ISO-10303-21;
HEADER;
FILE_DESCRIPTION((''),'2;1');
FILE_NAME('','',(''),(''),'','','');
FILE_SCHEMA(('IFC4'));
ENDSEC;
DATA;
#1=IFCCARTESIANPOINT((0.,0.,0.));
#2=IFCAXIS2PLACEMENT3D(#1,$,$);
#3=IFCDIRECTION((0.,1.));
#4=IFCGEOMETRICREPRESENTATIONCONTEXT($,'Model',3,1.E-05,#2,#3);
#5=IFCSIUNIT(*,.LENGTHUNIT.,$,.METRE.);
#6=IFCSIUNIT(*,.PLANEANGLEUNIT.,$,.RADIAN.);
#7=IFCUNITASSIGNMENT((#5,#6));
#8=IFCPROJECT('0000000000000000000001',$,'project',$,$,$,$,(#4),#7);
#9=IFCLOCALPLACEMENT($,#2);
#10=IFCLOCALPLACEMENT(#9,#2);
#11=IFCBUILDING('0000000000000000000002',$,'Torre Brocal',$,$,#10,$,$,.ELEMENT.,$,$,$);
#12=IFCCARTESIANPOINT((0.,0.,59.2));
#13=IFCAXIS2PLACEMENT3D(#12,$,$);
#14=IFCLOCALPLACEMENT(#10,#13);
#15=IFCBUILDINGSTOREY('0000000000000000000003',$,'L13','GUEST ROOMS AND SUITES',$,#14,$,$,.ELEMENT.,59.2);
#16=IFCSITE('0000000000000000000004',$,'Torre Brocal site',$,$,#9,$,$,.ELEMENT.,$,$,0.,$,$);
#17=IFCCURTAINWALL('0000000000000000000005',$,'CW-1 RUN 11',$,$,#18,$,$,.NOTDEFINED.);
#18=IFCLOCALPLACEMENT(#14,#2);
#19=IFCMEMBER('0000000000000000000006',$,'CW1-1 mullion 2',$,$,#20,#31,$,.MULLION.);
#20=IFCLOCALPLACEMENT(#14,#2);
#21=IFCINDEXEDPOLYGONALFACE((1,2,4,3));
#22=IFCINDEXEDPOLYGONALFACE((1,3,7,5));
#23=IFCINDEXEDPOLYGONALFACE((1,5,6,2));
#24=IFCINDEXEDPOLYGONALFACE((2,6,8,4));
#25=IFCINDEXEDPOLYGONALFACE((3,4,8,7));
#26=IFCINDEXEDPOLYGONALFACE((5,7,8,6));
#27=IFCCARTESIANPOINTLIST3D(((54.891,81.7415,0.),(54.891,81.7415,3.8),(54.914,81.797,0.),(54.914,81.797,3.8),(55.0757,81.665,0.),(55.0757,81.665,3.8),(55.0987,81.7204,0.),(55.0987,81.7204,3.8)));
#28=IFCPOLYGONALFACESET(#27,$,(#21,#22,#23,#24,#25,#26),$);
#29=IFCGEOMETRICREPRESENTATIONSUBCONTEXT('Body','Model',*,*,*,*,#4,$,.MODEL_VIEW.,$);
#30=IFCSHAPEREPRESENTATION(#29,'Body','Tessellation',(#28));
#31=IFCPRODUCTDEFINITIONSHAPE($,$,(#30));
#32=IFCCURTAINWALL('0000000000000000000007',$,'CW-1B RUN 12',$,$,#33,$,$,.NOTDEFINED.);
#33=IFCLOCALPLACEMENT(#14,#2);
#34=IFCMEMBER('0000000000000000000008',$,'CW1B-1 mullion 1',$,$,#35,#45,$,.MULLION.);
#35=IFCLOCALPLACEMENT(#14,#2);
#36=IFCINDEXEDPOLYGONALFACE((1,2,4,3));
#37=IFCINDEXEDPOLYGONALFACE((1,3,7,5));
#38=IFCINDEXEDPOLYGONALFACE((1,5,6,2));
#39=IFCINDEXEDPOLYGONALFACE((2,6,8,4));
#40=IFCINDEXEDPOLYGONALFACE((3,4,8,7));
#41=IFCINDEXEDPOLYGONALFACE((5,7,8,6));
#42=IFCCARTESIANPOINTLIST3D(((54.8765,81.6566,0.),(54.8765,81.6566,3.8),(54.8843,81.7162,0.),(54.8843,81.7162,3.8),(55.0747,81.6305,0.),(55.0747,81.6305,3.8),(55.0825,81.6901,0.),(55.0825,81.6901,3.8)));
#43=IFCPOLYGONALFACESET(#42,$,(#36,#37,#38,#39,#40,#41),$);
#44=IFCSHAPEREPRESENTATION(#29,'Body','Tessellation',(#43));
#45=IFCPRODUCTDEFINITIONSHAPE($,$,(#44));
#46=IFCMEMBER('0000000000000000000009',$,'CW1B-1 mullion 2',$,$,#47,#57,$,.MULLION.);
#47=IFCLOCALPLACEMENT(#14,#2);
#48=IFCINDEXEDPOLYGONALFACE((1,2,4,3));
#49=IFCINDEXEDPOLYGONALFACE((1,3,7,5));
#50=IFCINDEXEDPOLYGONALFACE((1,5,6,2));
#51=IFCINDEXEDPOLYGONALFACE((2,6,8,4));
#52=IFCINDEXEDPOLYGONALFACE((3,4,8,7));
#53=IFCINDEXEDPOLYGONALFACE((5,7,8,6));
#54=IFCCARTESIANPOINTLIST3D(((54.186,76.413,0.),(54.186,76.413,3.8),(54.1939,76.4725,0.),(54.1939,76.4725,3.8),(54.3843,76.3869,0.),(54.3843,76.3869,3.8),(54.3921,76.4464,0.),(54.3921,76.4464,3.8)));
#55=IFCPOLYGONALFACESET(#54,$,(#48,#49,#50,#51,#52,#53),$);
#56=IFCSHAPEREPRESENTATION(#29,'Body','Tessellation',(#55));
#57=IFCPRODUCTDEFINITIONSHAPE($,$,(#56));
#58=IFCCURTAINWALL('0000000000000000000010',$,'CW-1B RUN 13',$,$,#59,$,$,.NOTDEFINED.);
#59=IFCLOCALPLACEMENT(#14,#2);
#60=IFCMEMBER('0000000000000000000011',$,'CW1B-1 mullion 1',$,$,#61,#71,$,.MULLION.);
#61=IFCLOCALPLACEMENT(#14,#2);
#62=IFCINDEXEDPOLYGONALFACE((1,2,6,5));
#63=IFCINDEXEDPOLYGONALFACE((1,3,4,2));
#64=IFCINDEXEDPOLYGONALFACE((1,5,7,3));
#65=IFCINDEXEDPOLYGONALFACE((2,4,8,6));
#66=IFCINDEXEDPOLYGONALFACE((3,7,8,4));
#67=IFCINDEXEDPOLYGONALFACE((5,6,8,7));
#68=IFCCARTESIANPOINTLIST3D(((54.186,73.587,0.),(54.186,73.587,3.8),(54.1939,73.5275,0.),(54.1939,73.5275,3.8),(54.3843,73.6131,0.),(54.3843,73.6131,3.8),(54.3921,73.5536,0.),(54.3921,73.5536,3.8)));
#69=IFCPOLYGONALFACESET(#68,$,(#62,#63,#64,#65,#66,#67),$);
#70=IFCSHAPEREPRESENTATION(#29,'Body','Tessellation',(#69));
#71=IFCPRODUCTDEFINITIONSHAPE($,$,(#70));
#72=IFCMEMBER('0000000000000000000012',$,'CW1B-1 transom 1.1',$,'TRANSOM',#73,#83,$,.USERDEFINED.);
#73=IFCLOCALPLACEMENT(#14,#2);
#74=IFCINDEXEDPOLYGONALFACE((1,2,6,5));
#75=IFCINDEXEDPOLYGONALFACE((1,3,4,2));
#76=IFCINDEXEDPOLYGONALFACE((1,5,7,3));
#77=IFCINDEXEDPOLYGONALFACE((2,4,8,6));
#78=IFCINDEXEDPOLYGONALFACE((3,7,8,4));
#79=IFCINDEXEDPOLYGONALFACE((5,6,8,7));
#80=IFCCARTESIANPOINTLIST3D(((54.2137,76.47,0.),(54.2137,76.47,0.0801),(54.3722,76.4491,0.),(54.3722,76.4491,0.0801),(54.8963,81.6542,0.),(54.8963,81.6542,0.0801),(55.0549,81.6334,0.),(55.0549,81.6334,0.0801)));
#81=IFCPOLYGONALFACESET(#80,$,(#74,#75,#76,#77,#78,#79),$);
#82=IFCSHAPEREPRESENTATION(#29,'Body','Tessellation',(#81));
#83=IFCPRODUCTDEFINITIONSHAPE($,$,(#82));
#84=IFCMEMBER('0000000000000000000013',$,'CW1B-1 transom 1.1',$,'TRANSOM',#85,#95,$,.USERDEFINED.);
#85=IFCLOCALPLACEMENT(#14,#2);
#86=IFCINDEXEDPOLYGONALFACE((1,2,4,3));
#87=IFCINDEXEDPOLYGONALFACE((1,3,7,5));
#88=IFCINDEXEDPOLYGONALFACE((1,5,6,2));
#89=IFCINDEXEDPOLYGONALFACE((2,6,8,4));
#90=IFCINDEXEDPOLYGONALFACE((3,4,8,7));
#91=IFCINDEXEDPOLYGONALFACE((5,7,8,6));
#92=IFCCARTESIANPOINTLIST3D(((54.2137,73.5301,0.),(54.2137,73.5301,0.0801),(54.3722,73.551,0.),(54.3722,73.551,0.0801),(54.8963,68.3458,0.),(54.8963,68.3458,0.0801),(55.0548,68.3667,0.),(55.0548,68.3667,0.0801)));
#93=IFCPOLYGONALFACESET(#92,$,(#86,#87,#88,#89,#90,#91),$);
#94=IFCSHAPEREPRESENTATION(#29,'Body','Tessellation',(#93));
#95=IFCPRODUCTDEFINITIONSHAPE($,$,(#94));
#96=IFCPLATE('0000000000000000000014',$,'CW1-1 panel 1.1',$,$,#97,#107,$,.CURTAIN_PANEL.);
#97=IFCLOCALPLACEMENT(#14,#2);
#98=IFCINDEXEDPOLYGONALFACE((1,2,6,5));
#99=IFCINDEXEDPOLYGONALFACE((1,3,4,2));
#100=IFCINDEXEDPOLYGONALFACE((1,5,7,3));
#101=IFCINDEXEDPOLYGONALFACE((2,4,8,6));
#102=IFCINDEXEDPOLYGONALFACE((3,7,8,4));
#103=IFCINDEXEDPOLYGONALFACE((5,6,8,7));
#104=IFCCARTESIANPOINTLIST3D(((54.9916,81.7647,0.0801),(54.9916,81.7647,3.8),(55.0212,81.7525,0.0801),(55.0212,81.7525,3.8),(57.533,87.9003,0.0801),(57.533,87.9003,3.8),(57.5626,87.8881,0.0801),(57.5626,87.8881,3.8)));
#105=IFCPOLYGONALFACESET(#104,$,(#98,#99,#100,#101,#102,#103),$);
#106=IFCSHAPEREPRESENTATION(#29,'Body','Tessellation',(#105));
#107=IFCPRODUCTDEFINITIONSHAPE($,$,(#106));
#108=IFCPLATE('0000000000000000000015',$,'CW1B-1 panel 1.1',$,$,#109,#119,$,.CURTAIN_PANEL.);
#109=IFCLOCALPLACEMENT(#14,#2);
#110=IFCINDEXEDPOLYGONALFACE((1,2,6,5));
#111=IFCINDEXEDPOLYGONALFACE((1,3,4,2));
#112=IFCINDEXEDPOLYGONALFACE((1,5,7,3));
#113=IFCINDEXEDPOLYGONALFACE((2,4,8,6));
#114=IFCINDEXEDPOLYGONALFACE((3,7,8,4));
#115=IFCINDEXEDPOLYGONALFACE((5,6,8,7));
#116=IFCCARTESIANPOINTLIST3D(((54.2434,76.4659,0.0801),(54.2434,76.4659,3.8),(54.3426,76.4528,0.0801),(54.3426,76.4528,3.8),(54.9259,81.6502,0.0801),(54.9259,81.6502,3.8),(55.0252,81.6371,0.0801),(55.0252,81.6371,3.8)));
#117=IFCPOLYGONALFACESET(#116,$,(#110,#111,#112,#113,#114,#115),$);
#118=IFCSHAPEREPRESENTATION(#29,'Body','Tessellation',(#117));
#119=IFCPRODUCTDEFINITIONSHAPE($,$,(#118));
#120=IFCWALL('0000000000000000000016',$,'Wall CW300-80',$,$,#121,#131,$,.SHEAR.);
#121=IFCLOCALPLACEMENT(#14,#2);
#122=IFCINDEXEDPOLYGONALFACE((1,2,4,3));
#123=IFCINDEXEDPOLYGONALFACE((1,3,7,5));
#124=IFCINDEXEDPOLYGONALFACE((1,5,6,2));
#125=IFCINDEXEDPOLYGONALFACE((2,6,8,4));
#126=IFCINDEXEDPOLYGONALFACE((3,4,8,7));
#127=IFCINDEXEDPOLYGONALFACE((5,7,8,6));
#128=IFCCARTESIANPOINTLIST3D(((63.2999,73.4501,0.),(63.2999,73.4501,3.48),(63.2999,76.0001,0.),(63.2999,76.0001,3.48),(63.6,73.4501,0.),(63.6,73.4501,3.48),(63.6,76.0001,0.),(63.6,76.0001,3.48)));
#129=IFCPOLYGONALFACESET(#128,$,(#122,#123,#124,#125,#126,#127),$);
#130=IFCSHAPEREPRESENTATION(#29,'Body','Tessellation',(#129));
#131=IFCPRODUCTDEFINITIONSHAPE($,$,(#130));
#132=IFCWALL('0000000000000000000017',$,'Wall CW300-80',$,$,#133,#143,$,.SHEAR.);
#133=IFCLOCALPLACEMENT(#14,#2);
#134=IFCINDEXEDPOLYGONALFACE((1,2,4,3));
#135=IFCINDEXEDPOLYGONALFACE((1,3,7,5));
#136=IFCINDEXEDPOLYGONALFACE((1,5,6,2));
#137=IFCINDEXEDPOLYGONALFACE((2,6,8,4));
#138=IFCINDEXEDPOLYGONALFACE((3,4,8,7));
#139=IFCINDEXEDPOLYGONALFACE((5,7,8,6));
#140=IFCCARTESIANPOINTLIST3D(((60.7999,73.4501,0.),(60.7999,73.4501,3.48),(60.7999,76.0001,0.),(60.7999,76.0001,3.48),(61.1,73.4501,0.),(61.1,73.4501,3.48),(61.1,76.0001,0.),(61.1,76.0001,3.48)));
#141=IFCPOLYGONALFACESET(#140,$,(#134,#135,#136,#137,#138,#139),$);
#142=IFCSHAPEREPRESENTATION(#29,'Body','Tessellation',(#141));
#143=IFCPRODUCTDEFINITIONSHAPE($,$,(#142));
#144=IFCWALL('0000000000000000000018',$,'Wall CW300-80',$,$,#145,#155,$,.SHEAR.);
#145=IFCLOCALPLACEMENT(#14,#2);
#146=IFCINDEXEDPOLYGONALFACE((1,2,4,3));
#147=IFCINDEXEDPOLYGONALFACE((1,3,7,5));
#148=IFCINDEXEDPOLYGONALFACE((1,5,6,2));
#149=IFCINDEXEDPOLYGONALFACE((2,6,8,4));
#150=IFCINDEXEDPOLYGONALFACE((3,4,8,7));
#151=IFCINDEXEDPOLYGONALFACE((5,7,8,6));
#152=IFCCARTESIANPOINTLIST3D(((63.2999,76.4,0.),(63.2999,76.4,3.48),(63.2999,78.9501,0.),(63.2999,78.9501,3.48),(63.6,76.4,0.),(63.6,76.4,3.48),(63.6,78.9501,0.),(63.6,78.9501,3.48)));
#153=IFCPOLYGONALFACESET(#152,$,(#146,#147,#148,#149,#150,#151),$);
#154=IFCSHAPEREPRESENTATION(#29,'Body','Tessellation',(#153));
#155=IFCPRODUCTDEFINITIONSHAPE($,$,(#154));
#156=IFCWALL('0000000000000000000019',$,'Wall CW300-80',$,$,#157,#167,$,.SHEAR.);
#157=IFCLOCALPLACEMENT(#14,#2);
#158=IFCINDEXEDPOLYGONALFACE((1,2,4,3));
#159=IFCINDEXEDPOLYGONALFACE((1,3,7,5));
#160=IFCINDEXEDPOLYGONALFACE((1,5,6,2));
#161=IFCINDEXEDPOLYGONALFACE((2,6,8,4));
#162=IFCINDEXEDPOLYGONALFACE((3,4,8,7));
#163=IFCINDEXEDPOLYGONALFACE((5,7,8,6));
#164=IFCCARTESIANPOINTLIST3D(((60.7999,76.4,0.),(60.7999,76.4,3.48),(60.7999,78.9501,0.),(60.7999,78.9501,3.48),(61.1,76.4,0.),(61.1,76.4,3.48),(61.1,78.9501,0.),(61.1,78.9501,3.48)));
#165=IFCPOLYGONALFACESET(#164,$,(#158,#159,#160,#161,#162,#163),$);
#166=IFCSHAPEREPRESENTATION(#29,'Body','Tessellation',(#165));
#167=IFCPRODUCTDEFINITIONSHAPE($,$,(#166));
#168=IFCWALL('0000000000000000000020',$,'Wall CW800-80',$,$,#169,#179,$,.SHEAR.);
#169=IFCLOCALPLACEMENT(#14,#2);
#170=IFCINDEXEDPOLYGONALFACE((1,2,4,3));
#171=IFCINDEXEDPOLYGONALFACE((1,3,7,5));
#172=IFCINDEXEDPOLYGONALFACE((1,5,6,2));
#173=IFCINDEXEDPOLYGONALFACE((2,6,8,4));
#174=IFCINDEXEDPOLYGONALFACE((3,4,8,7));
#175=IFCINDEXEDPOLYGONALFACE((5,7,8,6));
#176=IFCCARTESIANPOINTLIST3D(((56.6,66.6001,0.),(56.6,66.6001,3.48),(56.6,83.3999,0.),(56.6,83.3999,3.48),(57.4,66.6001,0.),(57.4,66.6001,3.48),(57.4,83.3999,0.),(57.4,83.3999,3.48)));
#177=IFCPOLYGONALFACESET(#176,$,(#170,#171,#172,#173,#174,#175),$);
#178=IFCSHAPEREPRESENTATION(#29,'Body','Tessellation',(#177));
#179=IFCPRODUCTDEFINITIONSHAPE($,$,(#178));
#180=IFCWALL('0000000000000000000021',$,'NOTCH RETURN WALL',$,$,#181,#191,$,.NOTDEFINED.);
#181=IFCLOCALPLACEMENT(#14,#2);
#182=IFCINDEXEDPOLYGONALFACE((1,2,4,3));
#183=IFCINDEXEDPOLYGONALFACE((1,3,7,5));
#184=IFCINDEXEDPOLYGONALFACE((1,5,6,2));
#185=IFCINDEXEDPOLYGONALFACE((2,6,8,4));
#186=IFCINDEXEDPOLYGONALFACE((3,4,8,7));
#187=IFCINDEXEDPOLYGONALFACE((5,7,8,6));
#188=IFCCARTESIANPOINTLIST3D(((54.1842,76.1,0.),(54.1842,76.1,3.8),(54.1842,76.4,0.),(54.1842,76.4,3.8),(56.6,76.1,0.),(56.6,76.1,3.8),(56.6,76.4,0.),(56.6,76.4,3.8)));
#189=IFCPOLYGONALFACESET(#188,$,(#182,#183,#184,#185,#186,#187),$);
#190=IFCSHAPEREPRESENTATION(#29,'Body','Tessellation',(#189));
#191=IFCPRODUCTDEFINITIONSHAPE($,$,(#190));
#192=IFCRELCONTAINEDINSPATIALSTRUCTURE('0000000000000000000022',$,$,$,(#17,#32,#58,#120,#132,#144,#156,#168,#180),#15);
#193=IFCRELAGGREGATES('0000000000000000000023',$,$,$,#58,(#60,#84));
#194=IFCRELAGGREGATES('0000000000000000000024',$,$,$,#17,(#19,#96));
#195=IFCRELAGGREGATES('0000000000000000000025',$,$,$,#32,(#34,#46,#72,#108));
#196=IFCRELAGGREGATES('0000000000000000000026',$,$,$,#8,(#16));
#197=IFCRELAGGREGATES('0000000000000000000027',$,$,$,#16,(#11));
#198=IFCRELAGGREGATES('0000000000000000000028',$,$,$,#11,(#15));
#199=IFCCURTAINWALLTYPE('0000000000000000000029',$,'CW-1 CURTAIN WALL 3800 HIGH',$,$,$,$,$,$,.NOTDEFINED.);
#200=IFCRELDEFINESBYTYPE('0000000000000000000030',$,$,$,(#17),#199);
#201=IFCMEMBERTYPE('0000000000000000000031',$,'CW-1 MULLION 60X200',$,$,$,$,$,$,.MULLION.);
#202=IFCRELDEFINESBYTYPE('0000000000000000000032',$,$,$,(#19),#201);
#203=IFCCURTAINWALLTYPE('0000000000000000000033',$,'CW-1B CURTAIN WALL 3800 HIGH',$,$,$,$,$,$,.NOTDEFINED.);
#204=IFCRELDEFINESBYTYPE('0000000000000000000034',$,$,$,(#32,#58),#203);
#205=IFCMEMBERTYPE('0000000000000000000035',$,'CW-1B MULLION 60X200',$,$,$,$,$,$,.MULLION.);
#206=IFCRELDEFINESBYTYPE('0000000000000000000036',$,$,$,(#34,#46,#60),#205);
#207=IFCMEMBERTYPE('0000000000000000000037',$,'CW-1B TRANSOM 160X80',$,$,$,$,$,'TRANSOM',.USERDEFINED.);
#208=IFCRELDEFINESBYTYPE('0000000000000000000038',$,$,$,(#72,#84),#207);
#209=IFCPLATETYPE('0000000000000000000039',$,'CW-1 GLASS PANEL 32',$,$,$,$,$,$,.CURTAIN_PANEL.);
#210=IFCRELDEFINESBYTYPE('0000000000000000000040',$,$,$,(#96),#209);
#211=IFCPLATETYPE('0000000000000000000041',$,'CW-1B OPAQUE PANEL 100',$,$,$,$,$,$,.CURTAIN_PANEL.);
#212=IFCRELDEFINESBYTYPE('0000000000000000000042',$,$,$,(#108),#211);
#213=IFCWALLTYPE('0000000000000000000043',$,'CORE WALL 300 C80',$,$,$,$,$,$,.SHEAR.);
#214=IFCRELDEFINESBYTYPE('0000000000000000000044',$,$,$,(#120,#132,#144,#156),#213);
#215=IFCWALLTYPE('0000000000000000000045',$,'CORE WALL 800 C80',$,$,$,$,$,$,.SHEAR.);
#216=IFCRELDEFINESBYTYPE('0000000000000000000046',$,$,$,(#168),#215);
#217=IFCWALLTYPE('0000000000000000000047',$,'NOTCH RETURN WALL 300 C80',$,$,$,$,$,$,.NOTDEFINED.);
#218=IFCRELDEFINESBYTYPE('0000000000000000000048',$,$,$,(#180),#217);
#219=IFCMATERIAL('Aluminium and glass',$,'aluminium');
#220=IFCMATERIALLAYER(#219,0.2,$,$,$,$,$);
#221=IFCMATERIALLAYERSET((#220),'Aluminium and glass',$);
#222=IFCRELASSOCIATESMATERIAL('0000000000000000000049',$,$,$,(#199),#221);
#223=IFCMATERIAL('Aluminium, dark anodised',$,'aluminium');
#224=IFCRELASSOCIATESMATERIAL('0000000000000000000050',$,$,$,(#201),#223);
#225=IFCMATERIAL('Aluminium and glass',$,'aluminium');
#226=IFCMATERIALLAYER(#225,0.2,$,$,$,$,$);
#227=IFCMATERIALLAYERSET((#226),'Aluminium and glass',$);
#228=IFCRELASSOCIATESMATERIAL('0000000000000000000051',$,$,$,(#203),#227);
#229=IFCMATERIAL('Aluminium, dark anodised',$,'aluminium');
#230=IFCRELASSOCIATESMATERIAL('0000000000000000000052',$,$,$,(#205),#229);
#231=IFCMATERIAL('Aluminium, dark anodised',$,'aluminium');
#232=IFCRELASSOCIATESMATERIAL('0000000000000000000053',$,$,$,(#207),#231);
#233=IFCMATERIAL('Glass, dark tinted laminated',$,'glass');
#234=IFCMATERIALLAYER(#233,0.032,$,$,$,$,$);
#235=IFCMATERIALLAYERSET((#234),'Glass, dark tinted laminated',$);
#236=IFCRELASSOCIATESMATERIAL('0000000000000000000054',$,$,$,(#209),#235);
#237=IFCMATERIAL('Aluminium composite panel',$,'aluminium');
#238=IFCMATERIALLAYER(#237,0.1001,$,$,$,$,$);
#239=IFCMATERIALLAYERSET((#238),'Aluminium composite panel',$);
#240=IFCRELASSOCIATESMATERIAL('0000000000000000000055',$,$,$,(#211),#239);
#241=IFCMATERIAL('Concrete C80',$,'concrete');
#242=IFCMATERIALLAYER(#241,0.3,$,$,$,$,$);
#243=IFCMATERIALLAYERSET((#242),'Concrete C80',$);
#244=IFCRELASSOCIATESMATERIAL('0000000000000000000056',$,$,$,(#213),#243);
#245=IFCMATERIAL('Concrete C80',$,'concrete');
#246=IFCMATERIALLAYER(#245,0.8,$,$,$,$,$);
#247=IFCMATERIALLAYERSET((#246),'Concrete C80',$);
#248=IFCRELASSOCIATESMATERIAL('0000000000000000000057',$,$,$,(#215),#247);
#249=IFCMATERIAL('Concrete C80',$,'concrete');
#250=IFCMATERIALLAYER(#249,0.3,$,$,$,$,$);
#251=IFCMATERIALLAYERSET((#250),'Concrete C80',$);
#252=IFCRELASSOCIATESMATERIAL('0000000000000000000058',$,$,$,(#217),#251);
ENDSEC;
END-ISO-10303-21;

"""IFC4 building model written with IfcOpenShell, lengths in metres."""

from ifc_helpers import new_model, si_unit, direction, frame, frame_2d, origin, origin_2d, place, context, subcontext, project, spatial, rectangle, extrude, material, layer, layer_set, material_profile, profile_set, type_object, element, aggregate, save


model = new_model("IFC4")

# Units and contexts
model_context = context("Model", 3, precision=1e-05, world=origin(), true_north=direction((0.0, 1.0)))
body_context = subcontext(model_context, "Body", "Model", "MODEL_VIEW")
ifc_project = project(units=[si_unit("LENGTHUNIT", "METRE"), si_unit("PLANEANGLEUNIT", "RADIAN")], contexts=[model_context])

# Site, building, storey
site_placement = place(None, origin())
site = spatial("IfcSite", under=ifc_project, at=site_placement, Name="Torre Brocal site", CompositionType="ELEMENT", RefElevation=0.0)
building_placement = place(site_placement, origin())
building = spatial("IfcBuilding", under=site, at=building_placement, Name="Torre Brocal", CompositionType="ELEMENT")
storey_placement = place(building_placement, frame((0.0, 0.0, 59.2)))
storey = spatial("IfcBuildingStorey", under=building, at=storey_placement, Name="L13", Description="GUEST ROOMS AND SUITES", CompositionType="ELEMENT", Elevation=59.2)

# Curtain wall, member
ifc_material_1 = material(Name="Aluminium and glass", Category="aluminium")
ifc_layer_1 = layer(ifc_material_1, 0.2)
ifc_layer_set_1 = layer_set([ifc_layer_1], Name="Aluminium and glass")
curtain_wall_type_1 = type_object("IfcCurtainWallType", Name="CW-1 CURTAIN WALL 3800 HIGH", PredefinedType="NOTDEFINED", material=ifc_layer_set_1)
curtain_wall_1_placement = place(storey_placement, origin())
curtain_wall_1 = element("IfcCurtainWall", 1, at=curtain_wall_1_placement, inside=storey, type_object=curtain_wall_type_1, Name="CW-1 RUN 11", PredefinedType="NOTDEFINED")
ifc_material_2 = material(Name="Aluminium, dark anodised", Category="aluminium")
ifc_material_profile_1 = material_profile(ifc_material_2, rectangle(XDim=0.2, YDim=0.0601, at=origin_2d()), Name="CW-1 MULLION 60X200")
ifc_profile_set_1 = profile_set([ifc_material_profile_1], Name="Aluminium, dark anodised")
member_type_1 = type_object("IfcMemberType", Name="CW-1 MULLION 60X200", PredefinedType="MULLION", material=ifc_profile_set_1)
member_1_placement = place(storey_placement, frame((54.9949, 81.731, 0.0), z_axis=(0.0, 0.0, 1.0), x_axis=(0.92388, -0.382683, 0.0)))
member_1 = element("IfcMember", 2, at=member_1_placement, type_object=member_type_1, Name="CW1-1 mullion 2", PredefinedType="MULLION", context=body_context, shape_type="SweptSolid", body=[
    extrude(rectangle(XDim=0.2, YDim=0.0601, at=origin_2d()), origin(), (0.0, 0.0, 1.0), 3.8),
])

# Curtain wall, members
ifc_material_3 = material(Name="Aluminium and glass", Category="aluminium")
ifc_layer_2 = layer(ifc_material_3, 0.2)
ifc_layer_set_2 = layer_set([ifc_layer_2], Name="Aluminium and glass")
curtain_wall_type_2 = type_object("IfcCurtainWallType", Name="CW-1B CURTAIN WALL 3800 HIGH", PredefinedType="NOTDEFINED", material=ifc_layer_set_2)
curtain_wall_2_placement = place(storey_placement, origin())
curtain_wall_2 = element("IfcCurtainWall", 3, at=curtain_wall_2_placement, inside=storey, type_object=curtain_wall_type_2, Name="CW-1B RUN 12", PredefinedType="NOTDEFINED")
ifc_material_4 = material(Name="Aluminium, dark anodised", Category="aluminium")
ifc_material_profile_2 = material_profile(ifc_material_4, rectangle(XDim=0.2, YDim=0.0601, at=origin_2d()), Name="CW-1B MULLION 60X200")
ifc_profile_set_2 = profile_set([ifc_material_profile_2], Name="Aluminium, dark anodised")
member_type_2 = type_object("IfcMemberType", Name="CW-1B MULLION 60X200", PredefinedType="MULLION", material=ifc_profile_set_2)
member_2_placement = place(storey_placement, frame((54.9795, 81.6733, 0.0), z_axis=(0.0, 0.0, 1.0), x_axis=(0.991445, -0.130526, 0.0)))
member_2 = element("IfcMember", 4, at=member_2_placement, type_object=member_type_2, Name="CW1B-1 mullion 1", PredefinedType="MULLION", context=body_context, shape_type="SweptSolid", body=[
    extrude(rectangle(XDim=0.2, YDim=0.0601, at=origin_2d()), origin(), (0.0, 0.0, 1.0), 3.8),
])
member_3_placement = place(storey_placement, frame((54.2891, 76.4297, 0.0), z_axis=(0.0, 0.0, 1.0), x_axis=(0.991445, -0.130526, 0.0)))
member_3 = element("IfcMember", 5, at=member_3_placement, type_object=member_type_2, Name="CW1B-1 mullion 2", PredefinedType="MULLION", context=body_context, shape_type="SweptSolid", body=[
    extrude(rectangle(XDim=0.2, YDim=0.0601, at=origin_2d()), origin(), (0.0, 0.0, 1.0), 3.8),
])

# Curtain wall, member
curtain_wall_3_placement = place(storey_placement, origin())
curtain_wall_3 = element("IfcCurtainWall", 6, at=curtain_wall_3_placement, inside=storey, type_object=curtain_wall_type_2, Name="CW-1B RUN 13", PredefinedType="NOTDEFINED")
member_4_placement = place(storey_placement, frame((54.2891, 73.5703, 0.0), z_axis=(0.0, 0.0, 1.0), x_axis=(0.991445, 0.130526, 0.0)))
member_4 = element("IfcMember", 7, at=member_4_placement, type_object=member_type_2, Name="CW1B-1 mullion 1", PredefinedType="MULLION", context=body_context, shape_type="SweptSolid", body=[
    extrude(rectangle(XDim=0.2, YDim=0.0601, at=origin_2d()), origin(), (0.0, 0.0, 1.0), 3.8),
])

# Members
ifc_material_5 = material(Name="Aluminium, dark anodised", Category="aluminium")
ifc_material_profile_3 = material_profile(ifc_material_5, rectangle(XDim=0.1599, YDim=0.0801, at=origin_2d()), Name="CW-1B TRANSOM 160X80")
ifc_profile_set_3 = profile_set([ifc_material_profile_3], Name="Aluminium, dark anodised")
member_type_3 = type_object("IfcMemberType", Name="CW-1B TRANSOM 160X80", ElementType="TRANSOM", PredefinedType="USERDEFINED", material=ifc_profile_set_3)
member_5_placement = place(storey_placement, frame((54.9756, 81.6438, 0.04), z_axis=(-0.130543, -0.991443, 0.0), x_axis=(0.991443, -0.130543, 0.0)))
member_5 = element("IfcMember", 8, at=member_5_placement, type_object=member_type_3, Name="CW1B-1 transom 1.1", ObjectType="TRANSOM", PredefinedType="USERDEFINED", context=body_context, shape_type="SweptSolid", body=[
    extrude(rectangle(XDim=0.1599, YDim=0.0801, at=origin_2d()), origin(), (0.0, 0.0, 1.0), 5.229),
])
member_6_placement = place(storey_placement, frame((54.293, 73.5405, 0.04), z_axis=(0.130543, -0.991443, 0.0), x_axis=(0.991443, 0.130543, 0.0)))
member_6 = element("IfcMember", 9, at=member_6_placement, type_object=member_type_3, Name="CW1B-1 transom 1.1", ObjectType="TRANSOM", PredefinedType="USERDEFINED", context=body_context, shape_type="SweptSolid", body=[
    extrude(rectangle(XDim=0.1599, YDim=0.0801, at=origin_2d()), origin(), (0.0, 0.0, 1.0), 5.229),
])
aggregate(curtain_wall_3, [member_4, member_6])

# Plates
ifc_material_6 = material(Name="Glass, dark tinted laminated", Category="glass")
ifc_layer_3 = layer(ifc_material_6, 0.032)
ifc_layer_set_3 = layer_set([ifc_layer_3], Name="Glass, dark tinted laminated")
plate_type_1 = type_object("IfcPlateType", Name="CW-1 GLASS PANEL 32", PredefinedType="CURTAIN_PANEL", material=ifc_layer_set_3)
plate_1_placement = place(storey_placement, frame((56.2771, 84.8264, 0.0801), z_axis=(0.0, 0.0, 1.0), x_axis=(-0.382683, -0.92388, 0.0)))
plate_1 = element("IfcPlate", 10, at=plate_1_placement, type_object=plate_type_1, Name="CW1-1 panel 1.1", PredefinedType="CURTAIN_PANEL", context=body_context, shape_type="SweptSolid", body=[
    extrude(rectangle(XDim=6.6411, YDim=0.032, at=origin_2d()), origin(), (0.0, 0.0, 1.0), 3.72),
])
aggregate(curtain_wall_1, [member_1, plate_1])
ifc_material_7 = material(Name="Aluminium composite panel", Category="aluminium")
ifc_layer_4 = layer(ifc_material_7, 0.1001)
ifc_layer_set_4 = layer_set([ifc_layer_4], Name="Aluminium composite panel")
plate_type_2 = type_object("IfcPlateType", Name="CW-1B OPAQUE PANEL 100", PredefinedType="CURTAIN_PANEL", material=ifc_layer_set_4)
plate_2_placement = place(storey_placement, frame((54.6343, 79.0515, 0.0801), z_axis=(0.0, 0.0, 1.0), x_axis=(-0.130526, -0.991445, 0.0)))
plate_2 = element("IfcPlate", 11, at=plate_2_placement, type_object=plate_type_2, Name="CW1B-1 panel 1.1", PredefinedType="CURTAIN_PANEL", context=body_context, shape_type="SweptSolid", body=[
    extrude(rectangle(XDim=5.229, YDim=0.1001, at=origin_2d()), origin(), (0.0, 0.0, 1.0), 3.72),
])
aggregate(curtain_wall_2, [member_2, member_3, member_5, plate_2])

# Walls
ifc_material_8 = material(Name="Concrete C80", Category="concrete")
ifc_layer_5 = layer(ifc_material_8, 0.3)
ifc_layer_set_5 = layer_set([ifc_layer_5], Name="Concrete C80")
wall_type_1 = type_object("IfcWallType", Name="CORE WALL 300 C80", PredefinedType="SHEAR", material=ifc_layer_set_5)
for number, where, z_axis, x_axis, name in (
    (12, (63.45, 76.0, 0.0), (0.0, 0.0, 1.0), (0.0, -1.0, 0.0), "Wall CW300-80"),
    (13, (60.95, 76.0, 0.0), (0.0, 0.0, 1.0), (0.0, -1.0, 0.0), "Wall CW300-80"),
    (14, (63.45, 78.95, 0.0), (0.0, 0.0, 1.0), (0.0, -1.0, 0.0), "Wall CW300-80"),
    (15, (60.95, 78.95, 0.0), (0.0, 0.0, 1.0), (0.0, -1.0, 0.0), "Wall CW300-80"),
):
    element("IfcWall", number, at=place(storey_placement, frame(where, z_axis=z_axis, x_axis=x_axis)), inside=storey, type_object=wall_type_1, Name=name, PredefinedType="SHEAR", context=body_context, shape_type="SweptSolid", body=[
        extrude(rectangle(XDim=2.55, YDim=0.3, at=frame_2d((1.2749, 0.0))), origin(), (0.0, 0.0, 1.0), 3.48),
    ])
ifc_material_9 = material(Name="Concrete C80", Category="concrete")
ifc_layer_6 = layer(ifc_material_9, 0.8)
ifc_layer_set_6 = layer_set([ifc_layer_6], Name="Concrete C80")
wall_type_2 = type_object("IfcWallType", Name="CORE WALL 800 C80", PredefinedType="SHEAR", material=ifc_layer_set_6)
wall_1_placement = place(storey_placement, frame((57.0, 83.3999, 0.0), z_axis=(0.0, 0.0, 1.0), x_axis=(0.0, -1.0, 0.0)))
element("IfcWall", 16, at=wall_1_placement, inside=storey, type_object=wall_type_2, Name="Wall CW800-80", PredefinedType="SHEAR", context=body_context, shape_type="SweptSolid", body=[
    extrude(rectangle(XDim=16.7998, YDim=0.8, at=frame_2d((8.3999, 0.0))), origin(), (0.0, 0.0, 1.0), 3.48),
])
ifc_material_10 = material(Name="Concrete C80", Category="concrete")
ifc_layer_7 = layer(ifc_material_10, 0.3)
ifc_layer_set_7 = layer_set([ifc_layer_7], Name="Concrete C80")
wall_type_3 = type_object("IfcWallType", Name="NOTCH RETURN WALL 300 C80", PredefinedType="NOTDEFINED", material=ifc_layer_set_7)
for number, where, z_axis, x_axis, name in (
    (17, (56.6001, 76.25, 0.0), (0.0, 0.0, 1.0), (-1.0, 0.0, 0.0), "NOTCH RETURN WALL"),
):
    element("IfcWall", number, at=place(storey_placement, frame(where, z_axis=z_axis, x_axis=x_axis)), inside=storey, type_object=wall_type_3, Name=name, PredefinedType="NOTDEFINED", context=body_context, shape_type="SweptSolid", body=[
        extrude(rectangle(XDim=2.4158, YDim=0.3, at=frame_2d((1.208, 0.0))), origin(), (0.0, 0.0, 1.0), 3.8),
    ])

save(model, "model.ifc")
